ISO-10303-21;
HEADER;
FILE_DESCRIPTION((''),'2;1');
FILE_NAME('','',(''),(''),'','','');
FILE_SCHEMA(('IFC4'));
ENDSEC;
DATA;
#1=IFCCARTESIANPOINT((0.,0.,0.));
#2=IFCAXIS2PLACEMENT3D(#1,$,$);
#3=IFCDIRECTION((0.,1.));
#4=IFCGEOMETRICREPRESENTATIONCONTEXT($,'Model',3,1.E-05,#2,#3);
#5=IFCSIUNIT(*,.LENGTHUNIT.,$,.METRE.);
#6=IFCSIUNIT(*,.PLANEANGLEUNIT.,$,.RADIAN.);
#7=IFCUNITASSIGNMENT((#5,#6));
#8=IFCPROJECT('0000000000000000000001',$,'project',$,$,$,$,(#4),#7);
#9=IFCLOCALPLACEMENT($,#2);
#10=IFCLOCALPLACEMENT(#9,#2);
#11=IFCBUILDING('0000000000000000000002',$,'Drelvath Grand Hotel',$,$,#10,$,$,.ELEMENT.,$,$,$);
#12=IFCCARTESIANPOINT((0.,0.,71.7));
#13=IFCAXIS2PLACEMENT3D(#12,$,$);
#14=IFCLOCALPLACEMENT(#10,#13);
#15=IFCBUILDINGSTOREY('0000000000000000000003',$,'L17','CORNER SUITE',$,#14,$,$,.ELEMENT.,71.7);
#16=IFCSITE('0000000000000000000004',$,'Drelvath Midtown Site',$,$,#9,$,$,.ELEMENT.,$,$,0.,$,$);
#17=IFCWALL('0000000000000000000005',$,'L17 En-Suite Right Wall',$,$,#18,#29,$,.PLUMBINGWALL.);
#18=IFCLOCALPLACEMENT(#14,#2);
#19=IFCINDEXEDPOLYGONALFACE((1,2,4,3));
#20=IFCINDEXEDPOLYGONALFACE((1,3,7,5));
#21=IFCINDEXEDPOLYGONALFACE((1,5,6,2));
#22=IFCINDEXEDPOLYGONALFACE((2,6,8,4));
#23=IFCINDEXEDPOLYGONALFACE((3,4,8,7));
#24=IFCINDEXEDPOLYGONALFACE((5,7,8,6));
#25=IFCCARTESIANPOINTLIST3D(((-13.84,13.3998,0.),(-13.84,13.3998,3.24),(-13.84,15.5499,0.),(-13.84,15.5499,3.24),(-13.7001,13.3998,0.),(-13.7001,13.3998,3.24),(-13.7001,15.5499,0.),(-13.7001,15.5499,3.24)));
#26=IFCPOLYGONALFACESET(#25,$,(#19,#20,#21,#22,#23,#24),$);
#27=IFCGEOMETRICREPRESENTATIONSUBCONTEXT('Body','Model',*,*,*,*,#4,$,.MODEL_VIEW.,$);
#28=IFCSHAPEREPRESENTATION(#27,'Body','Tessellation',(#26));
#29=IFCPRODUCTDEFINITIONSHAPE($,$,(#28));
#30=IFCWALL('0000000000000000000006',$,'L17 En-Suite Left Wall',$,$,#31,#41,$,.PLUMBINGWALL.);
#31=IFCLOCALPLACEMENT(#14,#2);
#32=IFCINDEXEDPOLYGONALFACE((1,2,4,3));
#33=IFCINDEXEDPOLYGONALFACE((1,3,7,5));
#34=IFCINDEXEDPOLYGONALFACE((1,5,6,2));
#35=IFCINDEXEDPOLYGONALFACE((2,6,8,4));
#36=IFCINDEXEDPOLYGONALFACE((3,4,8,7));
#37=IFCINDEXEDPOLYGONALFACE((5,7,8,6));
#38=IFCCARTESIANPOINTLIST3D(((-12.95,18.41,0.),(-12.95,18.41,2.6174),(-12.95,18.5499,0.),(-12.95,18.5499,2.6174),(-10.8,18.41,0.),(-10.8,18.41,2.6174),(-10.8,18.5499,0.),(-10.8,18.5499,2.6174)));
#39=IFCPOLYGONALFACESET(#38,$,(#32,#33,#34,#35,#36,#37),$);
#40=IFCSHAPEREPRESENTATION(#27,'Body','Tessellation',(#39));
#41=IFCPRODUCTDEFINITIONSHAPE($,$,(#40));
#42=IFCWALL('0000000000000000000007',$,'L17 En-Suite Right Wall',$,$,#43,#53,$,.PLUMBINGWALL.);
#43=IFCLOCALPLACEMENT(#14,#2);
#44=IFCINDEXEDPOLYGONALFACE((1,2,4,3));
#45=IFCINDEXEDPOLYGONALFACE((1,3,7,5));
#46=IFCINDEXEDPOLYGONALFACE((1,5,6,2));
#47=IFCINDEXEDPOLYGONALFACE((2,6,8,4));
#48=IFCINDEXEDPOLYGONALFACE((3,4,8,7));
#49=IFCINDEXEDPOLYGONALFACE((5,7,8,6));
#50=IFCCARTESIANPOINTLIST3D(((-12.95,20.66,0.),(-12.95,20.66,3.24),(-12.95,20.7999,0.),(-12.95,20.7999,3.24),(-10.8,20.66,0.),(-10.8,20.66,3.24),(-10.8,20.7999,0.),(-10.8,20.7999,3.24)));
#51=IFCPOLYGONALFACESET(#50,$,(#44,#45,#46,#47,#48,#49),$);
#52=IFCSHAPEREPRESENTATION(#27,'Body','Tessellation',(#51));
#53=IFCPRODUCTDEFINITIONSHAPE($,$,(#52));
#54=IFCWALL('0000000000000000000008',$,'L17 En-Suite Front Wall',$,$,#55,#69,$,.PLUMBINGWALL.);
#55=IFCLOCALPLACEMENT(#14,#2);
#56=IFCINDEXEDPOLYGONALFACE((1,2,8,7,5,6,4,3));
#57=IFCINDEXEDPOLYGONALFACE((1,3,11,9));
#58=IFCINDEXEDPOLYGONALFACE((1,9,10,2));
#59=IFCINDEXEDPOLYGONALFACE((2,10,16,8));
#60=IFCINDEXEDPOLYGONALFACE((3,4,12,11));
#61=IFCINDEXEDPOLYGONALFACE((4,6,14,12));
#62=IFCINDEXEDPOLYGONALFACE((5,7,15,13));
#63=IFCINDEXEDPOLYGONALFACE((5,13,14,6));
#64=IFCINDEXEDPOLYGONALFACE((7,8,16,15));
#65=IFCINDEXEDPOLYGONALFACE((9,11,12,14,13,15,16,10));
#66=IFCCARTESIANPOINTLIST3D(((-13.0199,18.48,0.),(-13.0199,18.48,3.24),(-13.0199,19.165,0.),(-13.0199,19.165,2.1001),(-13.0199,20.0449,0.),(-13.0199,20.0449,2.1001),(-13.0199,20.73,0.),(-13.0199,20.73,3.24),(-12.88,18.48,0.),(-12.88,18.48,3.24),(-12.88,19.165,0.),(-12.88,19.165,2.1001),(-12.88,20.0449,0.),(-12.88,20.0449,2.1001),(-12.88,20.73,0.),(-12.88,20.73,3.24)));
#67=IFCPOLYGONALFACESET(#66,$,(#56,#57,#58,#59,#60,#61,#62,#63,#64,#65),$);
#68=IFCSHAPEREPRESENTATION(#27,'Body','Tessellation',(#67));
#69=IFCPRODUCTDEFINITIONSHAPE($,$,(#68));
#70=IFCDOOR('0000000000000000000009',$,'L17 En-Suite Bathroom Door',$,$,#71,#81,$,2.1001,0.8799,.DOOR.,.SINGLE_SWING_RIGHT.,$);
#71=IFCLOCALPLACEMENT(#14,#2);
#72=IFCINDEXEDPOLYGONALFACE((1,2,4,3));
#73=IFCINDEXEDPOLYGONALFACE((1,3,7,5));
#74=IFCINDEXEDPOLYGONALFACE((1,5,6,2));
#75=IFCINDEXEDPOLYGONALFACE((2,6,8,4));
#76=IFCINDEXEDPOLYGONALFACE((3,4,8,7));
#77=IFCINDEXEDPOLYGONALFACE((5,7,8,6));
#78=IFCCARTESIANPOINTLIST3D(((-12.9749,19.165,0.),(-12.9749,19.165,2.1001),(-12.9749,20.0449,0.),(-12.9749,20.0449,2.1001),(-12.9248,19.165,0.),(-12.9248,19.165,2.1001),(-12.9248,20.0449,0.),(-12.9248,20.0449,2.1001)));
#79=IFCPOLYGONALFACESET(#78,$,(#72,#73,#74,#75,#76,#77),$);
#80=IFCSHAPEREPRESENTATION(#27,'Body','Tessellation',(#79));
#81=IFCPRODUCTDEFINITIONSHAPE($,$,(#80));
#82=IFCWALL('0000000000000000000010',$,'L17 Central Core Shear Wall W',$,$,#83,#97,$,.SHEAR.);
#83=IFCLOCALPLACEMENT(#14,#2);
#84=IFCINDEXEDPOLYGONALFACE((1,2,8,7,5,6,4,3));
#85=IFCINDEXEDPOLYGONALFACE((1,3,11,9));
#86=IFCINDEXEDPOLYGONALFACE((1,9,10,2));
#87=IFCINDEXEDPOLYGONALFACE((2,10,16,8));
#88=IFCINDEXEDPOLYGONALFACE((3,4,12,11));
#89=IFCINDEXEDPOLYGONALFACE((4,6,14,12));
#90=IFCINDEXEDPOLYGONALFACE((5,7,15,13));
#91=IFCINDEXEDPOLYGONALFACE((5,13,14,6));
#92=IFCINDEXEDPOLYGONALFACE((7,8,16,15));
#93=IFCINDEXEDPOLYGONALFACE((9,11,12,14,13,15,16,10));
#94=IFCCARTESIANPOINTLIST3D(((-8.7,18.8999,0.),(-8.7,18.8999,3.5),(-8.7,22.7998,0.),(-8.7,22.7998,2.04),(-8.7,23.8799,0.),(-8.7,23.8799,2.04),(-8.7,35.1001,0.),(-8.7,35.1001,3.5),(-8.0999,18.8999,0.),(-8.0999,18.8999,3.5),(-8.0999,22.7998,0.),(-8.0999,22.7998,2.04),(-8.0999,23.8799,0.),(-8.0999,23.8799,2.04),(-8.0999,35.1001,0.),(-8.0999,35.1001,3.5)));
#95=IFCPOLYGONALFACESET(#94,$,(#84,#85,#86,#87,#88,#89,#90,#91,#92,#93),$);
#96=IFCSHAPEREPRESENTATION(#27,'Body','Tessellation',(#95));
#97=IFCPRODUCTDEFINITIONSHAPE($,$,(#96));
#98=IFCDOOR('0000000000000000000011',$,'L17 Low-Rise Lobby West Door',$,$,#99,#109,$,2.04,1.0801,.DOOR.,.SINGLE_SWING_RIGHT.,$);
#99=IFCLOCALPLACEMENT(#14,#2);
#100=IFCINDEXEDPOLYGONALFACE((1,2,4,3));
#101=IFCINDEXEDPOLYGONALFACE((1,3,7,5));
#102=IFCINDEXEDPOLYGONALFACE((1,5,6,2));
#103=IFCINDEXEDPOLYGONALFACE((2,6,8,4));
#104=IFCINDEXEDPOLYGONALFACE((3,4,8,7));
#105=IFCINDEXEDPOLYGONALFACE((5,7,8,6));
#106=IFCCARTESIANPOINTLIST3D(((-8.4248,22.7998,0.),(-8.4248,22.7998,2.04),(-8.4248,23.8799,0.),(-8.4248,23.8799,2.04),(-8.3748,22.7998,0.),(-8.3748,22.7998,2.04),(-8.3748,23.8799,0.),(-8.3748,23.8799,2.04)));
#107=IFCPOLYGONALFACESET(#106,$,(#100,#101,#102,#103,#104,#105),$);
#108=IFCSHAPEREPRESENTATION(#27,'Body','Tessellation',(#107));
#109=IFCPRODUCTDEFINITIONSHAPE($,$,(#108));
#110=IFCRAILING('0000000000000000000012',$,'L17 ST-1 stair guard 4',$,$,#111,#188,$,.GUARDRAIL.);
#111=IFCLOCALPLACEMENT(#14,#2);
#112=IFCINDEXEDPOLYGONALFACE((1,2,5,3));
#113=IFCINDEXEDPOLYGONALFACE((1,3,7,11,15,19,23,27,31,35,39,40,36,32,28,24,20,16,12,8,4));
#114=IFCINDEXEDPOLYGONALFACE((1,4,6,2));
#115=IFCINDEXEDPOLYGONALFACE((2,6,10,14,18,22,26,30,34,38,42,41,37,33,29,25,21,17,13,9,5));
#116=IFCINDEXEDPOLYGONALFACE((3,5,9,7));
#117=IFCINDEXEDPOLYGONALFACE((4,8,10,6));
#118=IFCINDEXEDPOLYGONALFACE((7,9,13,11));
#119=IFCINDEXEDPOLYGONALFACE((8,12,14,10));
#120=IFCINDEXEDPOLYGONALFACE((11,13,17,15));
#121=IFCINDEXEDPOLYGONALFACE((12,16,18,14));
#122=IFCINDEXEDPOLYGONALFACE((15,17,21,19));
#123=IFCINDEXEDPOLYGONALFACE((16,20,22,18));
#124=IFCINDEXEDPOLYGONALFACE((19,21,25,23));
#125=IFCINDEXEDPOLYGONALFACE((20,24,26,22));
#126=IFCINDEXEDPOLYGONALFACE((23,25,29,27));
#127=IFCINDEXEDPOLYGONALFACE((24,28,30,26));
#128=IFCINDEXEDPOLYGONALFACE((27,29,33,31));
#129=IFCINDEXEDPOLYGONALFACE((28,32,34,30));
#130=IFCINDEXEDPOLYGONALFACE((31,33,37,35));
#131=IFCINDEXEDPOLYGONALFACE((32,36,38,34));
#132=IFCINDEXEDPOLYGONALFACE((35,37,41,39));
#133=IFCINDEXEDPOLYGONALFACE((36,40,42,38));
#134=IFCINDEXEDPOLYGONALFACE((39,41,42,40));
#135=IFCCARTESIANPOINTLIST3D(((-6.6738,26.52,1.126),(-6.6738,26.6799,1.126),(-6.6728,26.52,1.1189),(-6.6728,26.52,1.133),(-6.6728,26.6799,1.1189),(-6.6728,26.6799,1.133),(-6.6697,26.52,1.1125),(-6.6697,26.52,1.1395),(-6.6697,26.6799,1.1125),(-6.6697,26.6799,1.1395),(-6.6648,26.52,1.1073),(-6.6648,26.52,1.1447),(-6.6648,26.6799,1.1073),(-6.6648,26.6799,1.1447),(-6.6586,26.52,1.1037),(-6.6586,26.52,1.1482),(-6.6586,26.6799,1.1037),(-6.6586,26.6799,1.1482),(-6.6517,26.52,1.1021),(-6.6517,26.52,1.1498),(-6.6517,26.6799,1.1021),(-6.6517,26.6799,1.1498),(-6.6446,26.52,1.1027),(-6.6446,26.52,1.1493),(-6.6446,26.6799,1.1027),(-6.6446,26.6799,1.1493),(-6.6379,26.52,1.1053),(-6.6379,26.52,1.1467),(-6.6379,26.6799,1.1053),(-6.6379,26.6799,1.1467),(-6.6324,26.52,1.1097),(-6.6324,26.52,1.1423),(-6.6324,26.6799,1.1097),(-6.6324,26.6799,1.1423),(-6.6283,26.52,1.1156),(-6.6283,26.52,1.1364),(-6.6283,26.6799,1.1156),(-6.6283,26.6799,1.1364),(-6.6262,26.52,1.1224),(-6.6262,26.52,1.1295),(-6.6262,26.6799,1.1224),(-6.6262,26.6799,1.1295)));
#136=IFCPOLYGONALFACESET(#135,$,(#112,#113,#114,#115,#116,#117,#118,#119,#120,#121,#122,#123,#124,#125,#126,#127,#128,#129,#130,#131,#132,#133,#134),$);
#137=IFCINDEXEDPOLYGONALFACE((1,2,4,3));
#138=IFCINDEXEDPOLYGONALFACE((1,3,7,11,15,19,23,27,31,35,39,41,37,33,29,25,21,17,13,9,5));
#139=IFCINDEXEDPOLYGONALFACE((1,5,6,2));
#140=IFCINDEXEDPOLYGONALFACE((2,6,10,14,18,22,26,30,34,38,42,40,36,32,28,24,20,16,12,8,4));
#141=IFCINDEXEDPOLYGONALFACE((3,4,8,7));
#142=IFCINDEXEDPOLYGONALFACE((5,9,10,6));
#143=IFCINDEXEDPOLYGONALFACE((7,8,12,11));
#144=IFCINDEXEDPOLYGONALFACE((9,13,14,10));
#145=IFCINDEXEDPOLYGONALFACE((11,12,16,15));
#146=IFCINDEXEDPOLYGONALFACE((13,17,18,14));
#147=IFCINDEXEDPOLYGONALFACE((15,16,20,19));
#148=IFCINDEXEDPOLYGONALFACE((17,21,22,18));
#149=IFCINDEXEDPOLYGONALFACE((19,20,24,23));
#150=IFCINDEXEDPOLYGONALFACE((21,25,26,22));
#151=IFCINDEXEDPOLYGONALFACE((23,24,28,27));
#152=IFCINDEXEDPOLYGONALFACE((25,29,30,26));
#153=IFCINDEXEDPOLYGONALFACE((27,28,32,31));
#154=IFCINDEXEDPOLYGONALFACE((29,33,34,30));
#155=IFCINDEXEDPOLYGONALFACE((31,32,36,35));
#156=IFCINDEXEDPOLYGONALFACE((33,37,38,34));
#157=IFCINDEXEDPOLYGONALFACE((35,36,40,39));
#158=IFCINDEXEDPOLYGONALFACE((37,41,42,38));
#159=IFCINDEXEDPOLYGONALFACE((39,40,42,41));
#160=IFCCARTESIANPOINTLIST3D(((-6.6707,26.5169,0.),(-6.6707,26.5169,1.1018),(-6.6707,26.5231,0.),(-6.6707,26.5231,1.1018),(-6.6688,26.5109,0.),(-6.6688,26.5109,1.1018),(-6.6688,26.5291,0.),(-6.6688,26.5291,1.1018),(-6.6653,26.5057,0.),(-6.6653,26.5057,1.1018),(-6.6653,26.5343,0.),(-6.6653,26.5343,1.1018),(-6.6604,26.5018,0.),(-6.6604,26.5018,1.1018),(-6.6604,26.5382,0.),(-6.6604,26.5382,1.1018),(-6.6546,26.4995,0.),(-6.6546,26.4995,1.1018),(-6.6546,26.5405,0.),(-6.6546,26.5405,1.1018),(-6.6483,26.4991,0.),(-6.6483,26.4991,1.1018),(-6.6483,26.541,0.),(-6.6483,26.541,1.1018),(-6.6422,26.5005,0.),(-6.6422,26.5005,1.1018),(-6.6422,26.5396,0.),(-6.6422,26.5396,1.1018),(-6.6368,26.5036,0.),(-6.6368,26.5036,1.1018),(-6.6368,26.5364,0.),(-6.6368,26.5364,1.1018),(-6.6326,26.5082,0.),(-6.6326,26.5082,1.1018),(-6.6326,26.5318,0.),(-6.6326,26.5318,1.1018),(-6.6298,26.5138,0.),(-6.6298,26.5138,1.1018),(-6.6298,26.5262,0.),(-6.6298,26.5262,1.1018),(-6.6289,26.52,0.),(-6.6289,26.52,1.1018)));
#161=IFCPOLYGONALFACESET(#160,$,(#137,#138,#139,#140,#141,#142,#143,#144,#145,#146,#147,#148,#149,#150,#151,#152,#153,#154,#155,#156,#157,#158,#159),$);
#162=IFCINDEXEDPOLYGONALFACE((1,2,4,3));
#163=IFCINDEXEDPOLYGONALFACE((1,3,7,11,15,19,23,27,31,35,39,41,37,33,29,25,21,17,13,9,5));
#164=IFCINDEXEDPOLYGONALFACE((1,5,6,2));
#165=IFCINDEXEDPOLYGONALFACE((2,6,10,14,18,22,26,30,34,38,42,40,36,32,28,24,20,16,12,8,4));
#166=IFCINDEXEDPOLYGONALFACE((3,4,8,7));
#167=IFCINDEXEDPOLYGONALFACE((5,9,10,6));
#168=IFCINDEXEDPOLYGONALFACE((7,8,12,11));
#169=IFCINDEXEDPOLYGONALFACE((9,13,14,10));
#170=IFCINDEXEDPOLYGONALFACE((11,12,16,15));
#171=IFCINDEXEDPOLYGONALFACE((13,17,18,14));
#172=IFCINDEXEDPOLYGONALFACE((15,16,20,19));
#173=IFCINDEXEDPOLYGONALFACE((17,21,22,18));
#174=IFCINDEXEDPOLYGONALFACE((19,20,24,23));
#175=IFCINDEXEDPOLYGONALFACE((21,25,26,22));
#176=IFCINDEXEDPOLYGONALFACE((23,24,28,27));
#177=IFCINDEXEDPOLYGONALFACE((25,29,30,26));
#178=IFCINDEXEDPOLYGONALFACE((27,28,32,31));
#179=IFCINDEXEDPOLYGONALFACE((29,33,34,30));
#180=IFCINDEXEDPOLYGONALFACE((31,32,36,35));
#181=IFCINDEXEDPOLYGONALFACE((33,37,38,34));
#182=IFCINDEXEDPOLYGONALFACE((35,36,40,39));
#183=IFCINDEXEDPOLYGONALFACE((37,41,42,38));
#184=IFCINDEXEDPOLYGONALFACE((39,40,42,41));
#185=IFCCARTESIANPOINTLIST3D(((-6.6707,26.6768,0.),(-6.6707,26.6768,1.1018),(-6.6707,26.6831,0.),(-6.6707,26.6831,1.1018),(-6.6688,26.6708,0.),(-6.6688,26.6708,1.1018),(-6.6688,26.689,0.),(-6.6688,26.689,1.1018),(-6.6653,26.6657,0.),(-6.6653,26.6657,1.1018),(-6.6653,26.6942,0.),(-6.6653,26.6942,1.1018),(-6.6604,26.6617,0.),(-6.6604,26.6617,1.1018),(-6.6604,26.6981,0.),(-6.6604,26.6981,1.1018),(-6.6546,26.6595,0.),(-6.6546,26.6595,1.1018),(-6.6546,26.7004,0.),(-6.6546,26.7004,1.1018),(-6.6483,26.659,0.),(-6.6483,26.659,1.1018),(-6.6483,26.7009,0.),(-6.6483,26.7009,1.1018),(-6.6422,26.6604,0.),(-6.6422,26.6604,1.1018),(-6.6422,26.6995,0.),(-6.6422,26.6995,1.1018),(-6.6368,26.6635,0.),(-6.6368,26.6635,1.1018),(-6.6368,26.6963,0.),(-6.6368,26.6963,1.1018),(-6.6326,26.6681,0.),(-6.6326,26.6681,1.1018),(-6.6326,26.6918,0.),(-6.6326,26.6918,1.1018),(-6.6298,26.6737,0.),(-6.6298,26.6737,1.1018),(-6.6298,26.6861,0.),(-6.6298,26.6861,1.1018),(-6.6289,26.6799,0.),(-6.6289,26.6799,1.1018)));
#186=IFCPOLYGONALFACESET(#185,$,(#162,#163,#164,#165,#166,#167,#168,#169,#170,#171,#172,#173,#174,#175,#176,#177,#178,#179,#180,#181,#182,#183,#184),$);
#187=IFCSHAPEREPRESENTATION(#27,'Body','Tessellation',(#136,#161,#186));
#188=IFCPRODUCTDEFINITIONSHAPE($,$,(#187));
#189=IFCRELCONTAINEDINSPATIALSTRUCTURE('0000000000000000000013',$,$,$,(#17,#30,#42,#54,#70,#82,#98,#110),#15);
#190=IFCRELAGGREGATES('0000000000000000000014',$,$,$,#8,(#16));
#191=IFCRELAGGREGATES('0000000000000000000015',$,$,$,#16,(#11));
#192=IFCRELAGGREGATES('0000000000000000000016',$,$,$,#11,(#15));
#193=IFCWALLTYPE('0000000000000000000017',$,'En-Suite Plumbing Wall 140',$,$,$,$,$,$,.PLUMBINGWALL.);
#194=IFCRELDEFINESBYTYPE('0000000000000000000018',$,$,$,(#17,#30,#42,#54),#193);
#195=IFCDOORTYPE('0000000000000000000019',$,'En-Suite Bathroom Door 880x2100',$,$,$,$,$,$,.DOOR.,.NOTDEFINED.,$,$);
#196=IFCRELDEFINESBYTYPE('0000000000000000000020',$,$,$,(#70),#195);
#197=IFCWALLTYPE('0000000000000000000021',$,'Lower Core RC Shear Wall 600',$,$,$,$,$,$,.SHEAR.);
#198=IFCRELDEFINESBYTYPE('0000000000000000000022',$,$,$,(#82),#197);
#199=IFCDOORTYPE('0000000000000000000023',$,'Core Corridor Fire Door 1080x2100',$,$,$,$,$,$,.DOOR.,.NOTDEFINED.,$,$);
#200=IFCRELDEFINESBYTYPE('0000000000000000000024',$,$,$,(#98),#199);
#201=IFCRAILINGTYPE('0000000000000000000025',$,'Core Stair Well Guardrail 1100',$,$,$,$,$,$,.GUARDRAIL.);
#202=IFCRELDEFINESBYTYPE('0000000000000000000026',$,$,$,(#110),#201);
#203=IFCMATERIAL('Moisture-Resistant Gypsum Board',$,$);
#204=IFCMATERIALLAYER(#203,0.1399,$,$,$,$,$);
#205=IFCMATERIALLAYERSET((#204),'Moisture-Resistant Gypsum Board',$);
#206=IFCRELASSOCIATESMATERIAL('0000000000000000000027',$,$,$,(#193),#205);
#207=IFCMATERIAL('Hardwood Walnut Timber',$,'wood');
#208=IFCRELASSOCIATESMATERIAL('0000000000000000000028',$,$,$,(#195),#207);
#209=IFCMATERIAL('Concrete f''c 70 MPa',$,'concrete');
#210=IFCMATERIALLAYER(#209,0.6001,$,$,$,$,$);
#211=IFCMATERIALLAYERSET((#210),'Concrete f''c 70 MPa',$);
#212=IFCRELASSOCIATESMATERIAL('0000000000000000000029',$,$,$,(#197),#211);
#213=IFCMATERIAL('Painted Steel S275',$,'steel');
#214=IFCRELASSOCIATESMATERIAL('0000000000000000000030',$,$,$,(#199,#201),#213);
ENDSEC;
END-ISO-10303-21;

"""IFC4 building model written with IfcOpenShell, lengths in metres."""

from ifc_helpers import new_model, si_unit, direction, frame, frame_2d, origin, origin_2d, place, context, subcontext, project, spatial, rectangle, circle, extrude, material, layer, layer_set, type_object, element, fill, save


model = new_model("IFC4")

# Units and contexts
model_context = context("Model", 3, precision=1e-05, world=origin(), true_north=direction((0.0, 1.0)))
body_context = subcontext(model_context, "Body", "Model", "MODEL_VIEW")
ifc_project = project(units=[si_unit("LENGTHUNIT", "METRE"), si_unit("PLANEANGLEUNIT", "RADIAN")], contexts=[model_context])

# Site, building, storey
site_placement = place(None, origin())
site = spatial("IfcSite", under=ifc_project, at=site_placement, Name="Drelvath Midtown Site", CompositionType="ELEMENT", RefElevation=0.0)
building_placement = place(site_placement, origin())
building = spatial("IfcBuilding", under=site, at=building_placement, Name="Drelvath Grand Hotel", CompositionType="ELEMENT")
storey_placement = place(building_placement, frame((0.0, 0.0, 71.7)))
storey = spatial("IfcBuildingStorey", under=building, at=storey_placement, Name="L17", Description="CORNER SUITE", CompositionType="ELEMENT", Elevation=71.7)

# Shared definitions
ifc_material_1 = material(Name="Concrete f'c 70 MPa", Category="concrete")

# Shared definitions
ifc_material_2 = material(Name="Painted Steel S275", Category="steel")

# Shared definitions
ifc_material_3 = material(Name="Hardwood Walnut Timber", Category="wood")

# Walls
ifc_material_4 = material(Name="Moisture-Resistant Gypsum Board")
ifc_layer_1 = layer(ifc_material_4, 0.1399)
ifc_layer_set_1 = layer_set([ifc_layer_1], Name="Moisture-Resistant Gypsum Board")
wall_type_1 = type_object("IfcWallType", Name="En-Suite Plumbing Wall 140", PredefinedType="PLUMBINGWALL", material=ifc_layer_set_1)
wall_1_placement = place(storey_placement, frame((-13.77, 15.55, 0.0), z_axis=(0.0, 0.0, 1.0), x_axis=(0.0, -1.0, 0.0)))
element("IfcWall", 1, at=wall_1_placement, inside=storey, type_object=wall_type_1, Name="L17 En-Suite Right Wall", PredefinedType="PLUMBINGWALL", context=body_context, shape_type="SweptSolid", body=[
    extrude(rectangle(XDim=2.1501, YDim=0.1399, at=frame_2d((1.0752, 0.0))), origin(), (0.0, 0.0, 1.0), 3.24),
])
wall_2_placement = place(storey_placement, frame((-10.8, 18.48, 0.0), z_axis=(0.0, 0.0, 1.0), x_axis=(-1.0, 0.0, 0.0)))
element("IfcWall", 2, at=wall_2_placement, inside=storey, type_object=wall_type_1, Name="L17 En-Suite Left Wall", PredefinedType="PLUMBINGWALL", context=body_context, shape_type="SweptSolid", body=[
    extrude(rectangle(XDim=2.1499, YDim=0.1399, at=frame_2d((1.075, 0.0))), origin(), (0.0, 0.0, 1.0), 2.6174),
])
wall_3_placement = place(storey_placement, frame((-10.8, 20.73, 0.0), z_axis=(0.0, 0.0, 1.0), x_axis=(-1.0, 0.0, 0.0)))
element("IfcWall", 3, at=wall_3_placement, inside=storey, type_object=wall_type_1, Name="L17 En-Suite Right Wall", PredefinedType="PLUMBINGWALL", context=body_context, shape_type="SweptSolid", body=[
    extrude(rectangle(XDim=2.1499, YDim=0.1399, at=frame_2d((1.075, 0.0))), origin(), (0.0, 0.0, 1.0), 3.24),
])

# Walls, openings, doors
wall_4_placement = place(storey_placement, frame((-12.95, 18.48, 0.0), z_axis=(0.0, 0.0, 1.0), x_axis=(0.0, 1.0, 0.0)))
wall_4 = element("IfcWall", 4, at=wall_4_placement, inside=storey, type_object=wall_type_1, Name="L17 En-Suite Front Wall", PredefinedType="PLUMBINGWALL", context=body_context, shape_type="SweptSolid", body=[
    extrude(rectangle(XDim=2.25, YDim=0.1399, at=frame_2d((1.125, 0.0))), origin(), (0.0, 0.0, 1.0), 3.24),
])
opening_1_placement = place(wall_4_placement, frame((0.6851, 0.0, 0.0)))
opening_1 = element("IfcOpeningElement", 5, at=opening_1_placement, cuts=wall_4, PredefinedType="OPENING", context=body_context, shape_type="SweptSolid", body=[
    extrude(rectangle(XDim=0.8799, YDim=2.1001, at=frame_2d((0.4399, 1.05))), frame((0.0, 0.0798, 0.0), z_axis=(0.0, -1.0, 0.0), x_axis=(1.0, 0.0, 0.0)), (0.0, 0.0, 1.0), 0.1599),
])
door_type_1 = type_object("IfcDoorType", Name="En-Suite Bathroom Door 880x2100", OperationType="NOTDEFINED", PredefinedType="DOOR", material=ifc_material_3)
door_1_placement = place(opening_1_placement, origin())
door_1 = element("IfcDoor", 6, at=door_1_placement, inside=storey, type_object=door_type_1, Name="L17 En-Suite Bathroom Door", OperationType="SINGLE_SWING_RIGHT", OverallHeight=2.1001, OverallWidth=0.8799, PredefinedType="DOOR", context=body_context, shape_type="SweptSolid", body=[
    extrude(rectangle(XDim=0.8799, YDim=2.1001, at=frame_2d((0.4399, 1.05))), frame((0.0, 0.0249, 0.0), z_axis=(0.0, -1.0, 0.0), x_axis=(1.0, 0.0, 0.0)), (0.0, 0.0, 1.0), 0.05),
])
fill(opening_1, door_1)
ifc_layer_2 = layer(ifc_material_1, 0.6001)
ifc_layer_set_2 = layer_set([ifc_layer_2], Name="Concrete f'c 70 MPa")
wall_type_2 = type_object("IfcWallType", Name="Lower Core RC Shear Wall 600", PredefinedType="SHEAR", material=ifc_layer_set_2)
wall_5_placement = place(storey_placement, frame((-8.3999, 18.8999, 0.0), z_axis=(0.0, 0.0, 1.0), x_axis=(0.0, 1.0, 0.0)))
wall_5 = element("IfcWall", 7, at=wall_5_placement, inside=storey, type_object=wall_type_2, Name="L17 Central Core Shear Wall W", PredefinedType="SHEAR", context=body_context, shape_type="SweptSolid", body=[
    extrude(rectangle(XDim=16.2002, YDim=0.6001, at=frame_2d((8.1001, 0.0))), origin(), (0.0, 0.0, 1.0), 3.5),
])
opening_2_placement = place(wall_5_placement, frame((3.8999, 0.0, 0.0)))
opening_2 = element("IfcOpeningElement", 8, at=opening_2_placement, cuts=wall_5, PredefinedType="OPENING", context=body_context, shape_type="SweptSolid", body=[
    extrude(rectangle(XDim=1.0801, YDim=2.04, at=frame_2d((0.54, 1.02))), frame((0.0, 0.3101, 0.0), z_axis=(0.0, -1.0, 0.0), x_axis=(1.0, 0.0, 0.0)), (0.0, 0.0, 1.0), 0.6201),
])
door_type_2 = type_object("IfcDoorType", Name="Core Corridor Fire Door 1080x2100", OperationType="NOTDEFINED", PredefinedType="DOOR", material=ifc_material_2)
door_2_placement = place(opening_2_placement, origin())
door_2 = element("IfcDoor", 9, at=door_2_placement, inside=storey, type_object=door_type_2, Name="L17 Low-Rise Lobby West Door", OperationType="SINGLE_SWING_RIGHT", OverallHeight=2.04, OverallWidth=1.0801, PredefinedType="DOOR", context=body_context, shape_type="SweptSolid", body=[
    extrude(rectangle(XDim=1.0801, YDim=2.04, at=frame_2d((0.54, 1.02))), frame((0.0, 0.0249, 0.0), z_axis=(0.0, -1.0, 0.0), x_axis=(1.0, 0.0, 0.0)), (0.0, 0.0, 1.0), 0.05),
])
fill(opening_2, door_2)

# Railing
railing_type = type_object("IfcRailingType", Name="Core Stair Well Guardrail 1100", PredefinedType="GUARDRAIL", material=ifc_material_2)
railing_placement = place(storey_placement, frame((-6.6499, 26.52, 0.0)))
element("IfcRailing", 10, at=railing_placement, inside=storey, type_object=railing_type, Name="L17 ST-1 stair guard 4", PredefinedType="GUARDRAIL", context=body_context, shape_type="SweptSolid", body=[
    extrude(circle(Radius=0.0239, at=origin_2d()), frame((0.0, 0.0, 1.126), z_axis=(0.0, 1.0, 0.0), x_axis=(-1.0, 0.0, 0.0)), (0.0, 0.0, 1.0), 0.1599),
    extrude(circle(Radius=0.021, at=origin_2d()), origin(), (0.0, 0.0, 1.0), 1.1018),
    extrude(circle(Radius=0.021, at=origin_2d()), frame((0.0, 0.1599, 0.0)), (0.0, 0.0, 1.0), 1.1018),
])

save(model, "model.ifc")
